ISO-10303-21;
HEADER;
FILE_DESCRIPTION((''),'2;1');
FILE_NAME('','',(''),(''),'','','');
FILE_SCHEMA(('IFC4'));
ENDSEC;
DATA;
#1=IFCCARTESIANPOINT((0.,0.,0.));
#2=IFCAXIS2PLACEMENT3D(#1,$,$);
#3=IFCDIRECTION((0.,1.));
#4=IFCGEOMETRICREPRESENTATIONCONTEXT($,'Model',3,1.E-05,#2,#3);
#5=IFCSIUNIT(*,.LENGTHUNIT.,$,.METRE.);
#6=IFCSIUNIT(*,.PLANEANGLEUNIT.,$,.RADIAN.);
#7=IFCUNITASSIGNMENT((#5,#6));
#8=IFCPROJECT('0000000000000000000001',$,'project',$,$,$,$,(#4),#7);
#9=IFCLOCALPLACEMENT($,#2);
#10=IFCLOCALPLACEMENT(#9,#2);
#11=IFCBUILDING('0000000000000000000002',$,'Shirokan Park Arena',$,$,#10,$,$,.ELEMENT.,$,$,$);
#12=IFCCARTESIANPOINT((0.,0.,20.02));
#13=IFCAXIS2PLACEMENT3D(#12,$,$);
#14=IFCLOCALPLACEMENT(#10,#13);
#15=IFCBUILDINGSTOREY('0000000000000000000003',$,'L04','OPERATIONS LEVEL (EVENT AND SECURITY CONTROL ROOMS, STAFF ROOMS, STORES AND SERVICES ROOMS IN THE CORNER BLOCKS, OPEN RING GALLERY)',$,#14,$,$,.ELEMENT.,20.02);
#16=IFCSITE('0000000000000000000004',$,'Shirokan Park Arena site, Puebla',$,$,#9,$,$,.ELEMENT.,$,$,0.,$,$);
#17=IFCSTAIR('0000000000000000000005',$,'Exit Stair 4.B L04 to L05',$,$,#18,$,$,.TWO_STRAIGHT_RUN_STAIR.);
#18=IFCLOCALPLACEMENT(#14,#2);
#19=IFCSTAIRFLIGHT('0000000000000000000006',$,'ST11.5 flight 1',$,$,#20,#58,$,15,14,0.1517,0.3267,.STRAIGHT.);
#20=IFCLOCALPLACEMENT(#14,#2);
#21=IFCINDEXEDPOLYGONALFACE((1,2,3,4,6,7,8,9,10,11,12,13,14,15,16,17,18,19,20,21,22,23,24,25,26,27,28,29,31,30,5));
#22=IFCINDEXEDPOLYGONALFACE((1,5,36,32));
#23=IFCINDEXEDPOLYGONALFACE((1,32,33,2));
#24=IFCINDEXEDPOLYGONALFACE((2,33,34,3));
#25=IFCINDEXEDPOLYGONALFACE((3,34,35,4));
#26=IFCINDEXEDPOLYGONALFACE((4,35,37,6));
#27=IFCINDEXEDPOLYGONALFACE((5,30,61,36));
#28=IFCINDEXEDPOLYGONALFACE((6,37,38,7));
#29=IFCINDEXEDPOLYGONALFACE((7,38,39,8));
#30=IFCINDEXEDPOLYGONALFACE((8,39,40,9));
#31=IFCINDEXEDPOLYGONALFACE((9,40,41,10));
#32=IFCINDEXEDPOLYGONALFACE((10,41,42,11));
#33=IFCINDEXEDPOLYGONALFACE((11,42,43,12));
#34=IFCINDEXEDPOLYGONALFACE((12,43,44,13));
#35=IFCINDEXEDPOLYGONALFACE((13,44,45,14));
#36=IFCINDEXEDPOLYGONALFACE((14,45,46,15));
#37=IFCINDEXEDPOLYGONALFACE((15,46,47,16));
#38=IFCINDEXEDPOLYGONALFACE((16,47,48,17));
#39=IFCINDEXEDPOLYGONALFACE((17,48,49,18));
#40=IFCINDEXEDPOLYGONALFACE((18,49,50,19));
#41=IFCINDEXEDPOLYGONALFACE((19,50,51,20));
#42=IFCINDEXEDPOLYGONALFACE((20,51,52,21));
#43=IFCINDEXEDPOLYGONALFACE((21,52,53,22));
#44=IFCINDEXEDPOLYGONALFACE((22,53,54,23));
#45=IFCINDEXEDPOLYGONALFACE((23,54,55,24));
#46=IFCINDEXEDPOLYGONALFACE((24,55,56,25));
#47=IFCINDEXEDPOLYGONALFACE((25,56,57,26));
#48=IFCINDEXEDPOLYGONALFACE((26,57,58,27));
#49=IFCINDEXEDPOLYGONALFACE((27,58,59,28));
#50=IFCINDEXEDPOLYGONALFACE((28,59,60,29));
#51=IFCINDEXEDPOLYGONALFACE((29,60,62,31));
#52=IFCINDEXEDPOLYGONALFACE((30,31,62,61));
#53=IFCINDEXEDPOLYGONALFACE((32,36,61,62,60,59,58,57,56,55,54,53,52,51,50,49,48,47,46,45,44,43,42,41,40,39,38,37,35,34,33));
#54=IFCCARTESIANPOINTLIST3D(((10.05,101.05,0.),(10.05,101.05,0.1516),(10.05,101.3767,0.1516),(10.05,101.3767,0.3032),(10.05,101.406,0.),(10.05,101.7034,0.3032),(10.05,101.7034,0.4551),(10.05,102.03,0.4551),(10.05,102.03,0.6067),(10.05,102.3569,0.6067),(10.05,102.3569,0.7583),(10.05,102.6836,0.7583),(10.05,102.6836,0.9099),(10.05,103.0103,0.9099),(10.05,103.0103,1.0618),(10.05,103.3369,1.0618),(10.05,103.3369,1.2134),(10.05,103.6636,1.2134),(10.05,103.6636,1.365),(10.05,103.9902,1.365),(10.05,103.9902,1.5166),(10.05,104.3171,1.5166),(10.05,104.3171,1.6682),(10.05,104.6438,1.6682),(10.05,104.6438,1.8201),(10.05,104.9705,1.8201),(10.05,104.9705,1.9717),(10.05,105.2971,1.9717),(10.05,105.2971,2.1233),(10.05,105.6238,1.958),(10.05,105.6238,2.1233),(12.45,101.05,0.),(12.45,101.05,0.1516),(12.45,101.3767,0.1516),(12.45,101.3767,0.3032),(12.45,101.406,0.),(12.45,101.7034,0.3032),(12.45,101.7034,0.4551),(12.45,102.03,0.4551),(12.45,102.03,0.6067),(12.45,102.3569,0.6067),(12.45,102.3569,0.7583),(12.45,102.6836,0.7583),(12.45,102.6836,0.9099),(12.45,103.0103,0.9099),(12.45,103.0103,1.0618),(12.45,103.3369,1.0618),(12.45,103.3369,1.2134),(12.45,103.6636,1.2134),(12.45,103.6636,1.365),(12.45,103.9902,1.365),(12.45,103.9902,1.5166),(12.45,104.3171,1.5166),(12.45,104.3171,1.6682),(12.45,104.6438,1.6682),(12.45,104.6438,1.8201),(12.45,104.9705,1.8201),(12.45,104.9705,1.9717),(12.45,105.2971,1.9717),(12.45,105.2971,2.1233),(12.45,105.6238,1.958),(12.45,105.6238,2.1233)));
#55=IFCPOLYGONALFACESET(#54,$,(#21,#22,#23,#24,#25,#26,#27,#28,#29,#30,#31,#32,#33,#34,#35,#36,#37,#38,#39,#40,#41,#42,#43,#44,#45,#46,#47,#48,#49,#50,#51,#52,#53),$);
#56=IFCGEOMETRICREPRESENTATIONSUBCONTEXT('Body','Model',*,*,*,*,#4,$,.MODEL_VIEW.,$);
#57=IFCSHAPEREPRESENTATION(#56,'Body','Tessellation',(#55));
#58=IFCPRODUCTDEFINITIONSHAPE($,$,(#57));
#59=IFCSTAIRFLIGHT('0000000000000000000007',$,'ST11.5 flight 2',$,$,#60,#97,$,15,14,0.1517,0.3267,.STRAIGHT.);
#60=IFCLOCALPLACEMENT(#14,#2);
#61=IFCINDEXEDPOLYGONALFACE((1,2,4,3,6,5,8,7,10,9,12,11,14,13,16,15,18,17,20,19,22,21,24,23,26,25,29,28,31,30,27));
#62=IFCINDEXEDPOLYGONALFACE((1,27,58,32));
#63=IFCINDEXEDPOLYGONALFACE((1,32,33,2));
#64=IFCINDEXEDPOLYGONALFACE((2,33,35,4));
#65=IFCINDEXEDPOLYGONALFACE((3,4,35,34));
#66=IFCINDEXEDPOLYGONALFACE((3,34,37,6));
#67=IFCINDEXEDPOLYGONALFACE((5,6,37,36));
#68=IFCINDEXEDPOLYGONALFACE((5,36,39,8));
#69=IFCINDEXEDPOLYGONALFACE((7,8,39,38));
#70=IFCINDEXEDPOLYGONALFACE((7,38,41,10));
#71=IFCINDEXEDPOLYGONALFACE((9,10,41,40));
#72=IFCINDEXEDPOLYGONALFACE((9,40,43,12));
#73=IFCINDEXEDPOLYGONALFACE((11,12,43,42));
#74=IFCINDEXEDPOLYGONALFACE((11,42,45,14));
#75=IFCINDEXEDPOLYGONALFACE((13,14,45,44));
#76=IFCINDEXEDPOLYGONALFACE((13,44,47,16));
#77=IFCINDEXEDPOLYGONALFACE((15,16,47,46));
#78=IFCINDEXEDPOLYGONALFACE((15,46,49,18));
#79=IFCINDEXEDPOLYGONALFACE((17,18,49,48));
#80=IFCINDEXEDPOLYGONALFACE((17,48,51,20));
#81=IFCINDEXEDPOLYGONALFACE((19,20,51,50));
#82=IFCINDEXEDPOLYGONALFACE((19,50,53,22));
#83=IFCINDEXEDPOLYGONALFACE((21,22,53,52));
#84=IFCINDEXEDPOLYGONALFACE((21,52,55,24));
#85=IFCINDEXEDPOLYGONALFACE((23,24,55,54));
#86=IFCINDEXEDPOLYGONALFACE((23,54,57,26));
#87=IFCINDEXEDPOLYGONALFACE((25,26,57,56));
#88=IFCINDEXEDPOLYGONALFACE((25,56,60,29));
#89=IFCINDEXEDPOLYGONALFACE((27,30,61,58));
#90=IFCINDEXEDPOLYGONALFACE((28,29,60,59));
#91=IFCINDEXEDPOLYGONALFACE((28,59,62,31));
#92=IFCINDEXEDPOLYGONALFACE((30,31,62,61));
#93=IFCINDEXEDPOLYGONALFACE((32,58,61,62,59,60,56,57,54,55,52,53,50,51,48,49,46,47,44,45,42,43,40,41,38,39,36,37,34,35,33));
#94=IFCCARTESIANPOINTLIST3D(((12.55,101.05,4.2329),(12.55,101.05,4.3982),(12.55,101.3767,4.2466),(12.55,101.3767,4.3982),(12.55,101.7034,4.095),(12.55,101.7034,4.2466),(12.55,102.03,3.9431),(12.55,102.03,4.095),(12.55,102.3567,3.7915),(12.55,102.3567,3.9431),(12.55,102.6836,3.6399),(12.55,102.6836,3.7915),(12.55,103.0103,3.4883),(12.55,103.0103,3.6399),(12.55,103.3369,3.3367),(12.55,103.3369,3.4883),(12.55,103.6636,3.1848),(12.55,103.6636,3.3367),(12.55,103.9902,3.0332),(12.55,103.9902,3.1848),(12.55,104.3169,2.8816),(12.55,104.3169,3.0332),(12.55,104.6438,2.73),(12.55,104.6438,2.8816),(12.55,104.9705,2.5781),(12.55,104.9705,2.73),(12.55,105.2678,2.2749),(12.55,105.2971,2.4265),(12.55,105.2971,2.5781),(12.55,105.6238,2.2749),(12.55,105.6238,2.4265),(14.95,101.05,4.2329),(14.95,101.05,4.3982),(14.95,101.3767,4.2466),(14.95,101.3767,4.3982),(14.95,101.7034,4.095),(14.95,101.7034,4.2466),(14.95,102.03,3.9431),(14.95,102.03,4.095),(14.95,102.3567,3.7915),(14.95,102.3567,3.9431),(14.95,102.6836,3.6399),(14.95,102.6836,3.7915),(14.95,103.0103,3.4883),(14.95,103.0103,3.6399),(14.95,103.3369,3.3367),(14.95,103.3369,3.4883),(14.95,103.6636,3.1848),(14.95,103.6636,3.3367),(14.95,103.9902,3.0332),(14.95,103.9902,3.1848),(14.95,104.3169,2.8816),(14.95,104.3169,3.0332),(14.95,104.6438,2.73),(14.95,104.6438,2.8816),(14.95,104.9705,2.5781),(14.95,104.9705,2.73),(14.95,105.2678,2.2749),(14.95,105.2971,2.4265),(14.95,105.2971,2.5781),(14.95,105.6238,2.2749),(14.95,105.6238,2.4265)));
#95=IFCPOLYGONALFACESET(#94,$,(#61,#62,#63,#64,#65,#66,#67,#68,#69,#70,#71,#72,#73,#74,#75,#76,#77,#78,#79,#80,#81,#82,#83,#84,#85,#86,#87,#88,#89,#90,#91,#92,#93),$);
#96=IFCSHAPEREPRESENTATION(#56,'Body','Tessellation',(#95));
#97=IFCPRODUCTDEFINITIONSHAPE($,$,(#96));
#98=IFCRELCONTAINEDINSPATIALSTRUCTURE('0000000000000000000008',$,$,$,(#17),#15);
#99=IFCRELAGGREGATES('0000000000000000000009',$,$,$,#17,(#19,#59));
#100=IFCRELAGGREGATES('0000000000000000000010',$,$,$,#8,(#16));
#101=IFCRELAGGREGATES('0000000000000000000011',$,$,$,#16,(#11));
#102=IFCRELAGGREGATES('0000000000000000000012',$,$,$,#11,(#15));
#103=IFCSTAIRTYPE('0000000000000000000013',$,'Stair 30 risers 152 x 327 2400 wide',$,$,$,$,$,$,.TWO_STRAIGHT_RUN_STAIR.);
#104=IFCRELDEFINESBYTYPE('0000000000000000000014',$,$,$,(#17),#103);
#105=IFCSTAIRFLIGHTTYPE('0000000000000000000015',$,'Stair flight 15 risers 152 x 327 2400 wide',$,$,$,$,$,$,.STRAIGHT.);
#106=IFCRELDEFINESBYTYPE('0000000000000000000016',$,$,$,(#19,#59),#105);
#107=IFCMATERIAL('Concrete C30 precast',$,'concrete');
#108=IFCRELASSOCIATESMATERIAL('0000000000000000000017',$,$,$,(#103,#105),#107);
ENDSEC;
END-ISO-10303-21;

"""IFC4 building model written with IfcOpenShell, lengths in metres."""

from ifc_helpers import new_model, si_unit, direction, frame, origin, place, context, subcontext, project, spatial, polyline, outline, extrude, material, type_object, element, aggregate, save


model = new_model("IFC4")

# Units and contexts
model_context = context("Model", 3, precision=1e-05, world=origin(), true_north=direction((0.0, 1.0)))
body_context = subcontext(model_context, "Body", "Model", "MODEL_VIEW")
ifc_project = project(units=[si_unit("LENGTHUNIT", "METRE"), si_unit("PLANEANGLEUNIT", "RADIAN")], contexts=[model_context])

# Site, building, storey
site_placement = place(None, origin())
site = spatial("IfcSite", under=ifc_project, at=site_placement, Name="Shirokan Park Arena site, Puebla", CompositionType="ELEMENT", RefElevation=0.0)
building_placement = place(site_placement, origin())
building = spatial("IfcBuilding", under=site, at=building_placement, Name="Shirokan Park Arena", CompositionType="ELEMENT")
storey_placement = place(building_placement, frame((0.0, 0.0, 20.02)))
storey = spatial("IfcBuildingStorey", under=building, at=storey_placement, Name="L04", Description="OPERATIONS LEVEL (EVENT AND SECURITY CONTROL ROOMS, STAFF ROOMS, STORES AND SERVICES ROOMS IN THE CORNER BLOCKS, OPEN RING GALLERY)", CompositionType="ELEMENT", Elevation=20.02)

# Stair, stair flights
ifc_material_1 = material(Name="Concrete C30 precast", Category="concrete")
stair_type = type_object("IfcStairType", Name="Stair 30 risers 152 x 327 2400 wide", PredefinedType="TWO_STRAIGHT_RUN_STAIR", material=ifc_material_1)
stair_placement = place(storey_placement, origin())
stair = element("IfcStair", 1, at=stair_placement, inside=storey, type_object=stair_type, Name="Exit Stair 4.B L04 to L05", PredefinedType="TWO_STRAIGHT_RUN_STAIR")
stair_flight_type = type_object("IfcStairFlightType", Name="Stair flight 15 risers 152 x 327 2400 wide", PredefinedType="STRAIGHT", material=ifc_material_1)
stair_flight_1_placement = place(storey_placement, frame((11.25, 101.05, 0.0), z_axis=(0.0, 0.0, 1.0), x_axis=(0.0, 1.0, 0.0)))
stair_flight_1 = element("IfcStairFlight", 2, at=stair_flight_1_placement, type_object=stair_flight_type, Name="ST11.5 flight 1", NumberOfRisers=15, NumberOfTreads=14, PredefinedType="STRAIGHT", RiserHeight=0.1517, TreadLength=0.3267, context=body_context, shape_type="SweptSolid", body=[
    extrude(outline(polyline([(0.0, 0.0), (0.0, 0.1516), (0.3267, 0.1516), (0.3267, 0.3032), (0.6533, 0.3032), (0.6533, 0.4551), (0.98, 0.4551), (0.98, 0.6067), (1.3069, 0.6067), (1.3069, 0.7583), (1.6335, 0.7583), (1.6335, 0.9099), (1.9602, 0.9099), (1.9602, 1.0618), (2.2869, 1.0618), (2.2869, 1.2134), (2.6135, 1.2134), (2.6135, 1.365), (2.9402, 1.365), (2.9402, 1.5166), (3.2671, 1.5166), (3.2671, 1.6682), (3.5938, 1.6682), (3.5938, 1.8201), (3.9204, 1.8201), (3.9204, 1.9717), (4.2471, 1.9717), (4.2471, 2.1233), (4.5737, 2.1233), (4.5737, 2.2749), (4.5737, 1.958), (0.356, 0.0), (0.0, 0.0)])), frame((0.0, 1.2, 0.0), z_axis=(0.0, -1.0, 0.0), x_axis=(1.0, 0.0, 0.0)), (0.0, 0.0, 1.0), 2.3999),
])
stair_flight_2_placement = place(storey_placement, frame((13.75, 105.6238, 2.2749), z_axis=(0.0, 0.0, 1.0), x_axis=(0.0, -1.0, 0.0)))
stair_flight_2 = element("IfcStairFlight", 3, at=stair_flight_2_placement, type_object=stair_flight_type, Name="ST11.5 flight 2", NumberOfRisers=15, NumberOfTreads=14, PredefinedType="STRAIGHT", RiserHeight=0.1517, TreadLength=0.3267, context=body_context, shape_type="SweptSolid", body=[
    extrude(outline(polyline([(0.0, 0.0), (0.0, 0.1516), (0.3267, 0.1516), (0.3267, 0.3032), (0.6533, 0.3032), (0.6533, 0.4551), (0.98, 0.4551), (0.98, 0.6067), (1.3069, 0.6067), (1.3069, 0.7583), (1.6335, 0.7583), (1.6335, 0.9099), (1.9602, 0.9099), (1.9602, 1.0618), (2.2869, 1.0618), (2.2869, 1.2134), (2.6135, 1.2134), (2.6135, 1.365), (2.9402, 1.365), (2.9402, 1.5166), (3.2671, 1.5166), (3.2671, 1.6682), (3.5938, 1.6682), (3.5938, 1.8201), (3.9204, 1.8201), (3.9204, 1.9717), (4.2471, 1.9717), (4.2471, 2.1233), (4.5737, 2.1233), (4.5737, 2.2749), (4.5737, 1.958), (0.356, 0.0), (0.0, 0.0)])), frame((0.0, 1.2, 0.0), z_axis=(0.0, -1.0, 0.0), x_axis=(1.0, 0.0, 0.0)), (0.0, 0.0, 1.0), 2.3999),
])
aggregate(stair, [stair_flight_1, stair_flight_2])

save(model, "model.ifc")
